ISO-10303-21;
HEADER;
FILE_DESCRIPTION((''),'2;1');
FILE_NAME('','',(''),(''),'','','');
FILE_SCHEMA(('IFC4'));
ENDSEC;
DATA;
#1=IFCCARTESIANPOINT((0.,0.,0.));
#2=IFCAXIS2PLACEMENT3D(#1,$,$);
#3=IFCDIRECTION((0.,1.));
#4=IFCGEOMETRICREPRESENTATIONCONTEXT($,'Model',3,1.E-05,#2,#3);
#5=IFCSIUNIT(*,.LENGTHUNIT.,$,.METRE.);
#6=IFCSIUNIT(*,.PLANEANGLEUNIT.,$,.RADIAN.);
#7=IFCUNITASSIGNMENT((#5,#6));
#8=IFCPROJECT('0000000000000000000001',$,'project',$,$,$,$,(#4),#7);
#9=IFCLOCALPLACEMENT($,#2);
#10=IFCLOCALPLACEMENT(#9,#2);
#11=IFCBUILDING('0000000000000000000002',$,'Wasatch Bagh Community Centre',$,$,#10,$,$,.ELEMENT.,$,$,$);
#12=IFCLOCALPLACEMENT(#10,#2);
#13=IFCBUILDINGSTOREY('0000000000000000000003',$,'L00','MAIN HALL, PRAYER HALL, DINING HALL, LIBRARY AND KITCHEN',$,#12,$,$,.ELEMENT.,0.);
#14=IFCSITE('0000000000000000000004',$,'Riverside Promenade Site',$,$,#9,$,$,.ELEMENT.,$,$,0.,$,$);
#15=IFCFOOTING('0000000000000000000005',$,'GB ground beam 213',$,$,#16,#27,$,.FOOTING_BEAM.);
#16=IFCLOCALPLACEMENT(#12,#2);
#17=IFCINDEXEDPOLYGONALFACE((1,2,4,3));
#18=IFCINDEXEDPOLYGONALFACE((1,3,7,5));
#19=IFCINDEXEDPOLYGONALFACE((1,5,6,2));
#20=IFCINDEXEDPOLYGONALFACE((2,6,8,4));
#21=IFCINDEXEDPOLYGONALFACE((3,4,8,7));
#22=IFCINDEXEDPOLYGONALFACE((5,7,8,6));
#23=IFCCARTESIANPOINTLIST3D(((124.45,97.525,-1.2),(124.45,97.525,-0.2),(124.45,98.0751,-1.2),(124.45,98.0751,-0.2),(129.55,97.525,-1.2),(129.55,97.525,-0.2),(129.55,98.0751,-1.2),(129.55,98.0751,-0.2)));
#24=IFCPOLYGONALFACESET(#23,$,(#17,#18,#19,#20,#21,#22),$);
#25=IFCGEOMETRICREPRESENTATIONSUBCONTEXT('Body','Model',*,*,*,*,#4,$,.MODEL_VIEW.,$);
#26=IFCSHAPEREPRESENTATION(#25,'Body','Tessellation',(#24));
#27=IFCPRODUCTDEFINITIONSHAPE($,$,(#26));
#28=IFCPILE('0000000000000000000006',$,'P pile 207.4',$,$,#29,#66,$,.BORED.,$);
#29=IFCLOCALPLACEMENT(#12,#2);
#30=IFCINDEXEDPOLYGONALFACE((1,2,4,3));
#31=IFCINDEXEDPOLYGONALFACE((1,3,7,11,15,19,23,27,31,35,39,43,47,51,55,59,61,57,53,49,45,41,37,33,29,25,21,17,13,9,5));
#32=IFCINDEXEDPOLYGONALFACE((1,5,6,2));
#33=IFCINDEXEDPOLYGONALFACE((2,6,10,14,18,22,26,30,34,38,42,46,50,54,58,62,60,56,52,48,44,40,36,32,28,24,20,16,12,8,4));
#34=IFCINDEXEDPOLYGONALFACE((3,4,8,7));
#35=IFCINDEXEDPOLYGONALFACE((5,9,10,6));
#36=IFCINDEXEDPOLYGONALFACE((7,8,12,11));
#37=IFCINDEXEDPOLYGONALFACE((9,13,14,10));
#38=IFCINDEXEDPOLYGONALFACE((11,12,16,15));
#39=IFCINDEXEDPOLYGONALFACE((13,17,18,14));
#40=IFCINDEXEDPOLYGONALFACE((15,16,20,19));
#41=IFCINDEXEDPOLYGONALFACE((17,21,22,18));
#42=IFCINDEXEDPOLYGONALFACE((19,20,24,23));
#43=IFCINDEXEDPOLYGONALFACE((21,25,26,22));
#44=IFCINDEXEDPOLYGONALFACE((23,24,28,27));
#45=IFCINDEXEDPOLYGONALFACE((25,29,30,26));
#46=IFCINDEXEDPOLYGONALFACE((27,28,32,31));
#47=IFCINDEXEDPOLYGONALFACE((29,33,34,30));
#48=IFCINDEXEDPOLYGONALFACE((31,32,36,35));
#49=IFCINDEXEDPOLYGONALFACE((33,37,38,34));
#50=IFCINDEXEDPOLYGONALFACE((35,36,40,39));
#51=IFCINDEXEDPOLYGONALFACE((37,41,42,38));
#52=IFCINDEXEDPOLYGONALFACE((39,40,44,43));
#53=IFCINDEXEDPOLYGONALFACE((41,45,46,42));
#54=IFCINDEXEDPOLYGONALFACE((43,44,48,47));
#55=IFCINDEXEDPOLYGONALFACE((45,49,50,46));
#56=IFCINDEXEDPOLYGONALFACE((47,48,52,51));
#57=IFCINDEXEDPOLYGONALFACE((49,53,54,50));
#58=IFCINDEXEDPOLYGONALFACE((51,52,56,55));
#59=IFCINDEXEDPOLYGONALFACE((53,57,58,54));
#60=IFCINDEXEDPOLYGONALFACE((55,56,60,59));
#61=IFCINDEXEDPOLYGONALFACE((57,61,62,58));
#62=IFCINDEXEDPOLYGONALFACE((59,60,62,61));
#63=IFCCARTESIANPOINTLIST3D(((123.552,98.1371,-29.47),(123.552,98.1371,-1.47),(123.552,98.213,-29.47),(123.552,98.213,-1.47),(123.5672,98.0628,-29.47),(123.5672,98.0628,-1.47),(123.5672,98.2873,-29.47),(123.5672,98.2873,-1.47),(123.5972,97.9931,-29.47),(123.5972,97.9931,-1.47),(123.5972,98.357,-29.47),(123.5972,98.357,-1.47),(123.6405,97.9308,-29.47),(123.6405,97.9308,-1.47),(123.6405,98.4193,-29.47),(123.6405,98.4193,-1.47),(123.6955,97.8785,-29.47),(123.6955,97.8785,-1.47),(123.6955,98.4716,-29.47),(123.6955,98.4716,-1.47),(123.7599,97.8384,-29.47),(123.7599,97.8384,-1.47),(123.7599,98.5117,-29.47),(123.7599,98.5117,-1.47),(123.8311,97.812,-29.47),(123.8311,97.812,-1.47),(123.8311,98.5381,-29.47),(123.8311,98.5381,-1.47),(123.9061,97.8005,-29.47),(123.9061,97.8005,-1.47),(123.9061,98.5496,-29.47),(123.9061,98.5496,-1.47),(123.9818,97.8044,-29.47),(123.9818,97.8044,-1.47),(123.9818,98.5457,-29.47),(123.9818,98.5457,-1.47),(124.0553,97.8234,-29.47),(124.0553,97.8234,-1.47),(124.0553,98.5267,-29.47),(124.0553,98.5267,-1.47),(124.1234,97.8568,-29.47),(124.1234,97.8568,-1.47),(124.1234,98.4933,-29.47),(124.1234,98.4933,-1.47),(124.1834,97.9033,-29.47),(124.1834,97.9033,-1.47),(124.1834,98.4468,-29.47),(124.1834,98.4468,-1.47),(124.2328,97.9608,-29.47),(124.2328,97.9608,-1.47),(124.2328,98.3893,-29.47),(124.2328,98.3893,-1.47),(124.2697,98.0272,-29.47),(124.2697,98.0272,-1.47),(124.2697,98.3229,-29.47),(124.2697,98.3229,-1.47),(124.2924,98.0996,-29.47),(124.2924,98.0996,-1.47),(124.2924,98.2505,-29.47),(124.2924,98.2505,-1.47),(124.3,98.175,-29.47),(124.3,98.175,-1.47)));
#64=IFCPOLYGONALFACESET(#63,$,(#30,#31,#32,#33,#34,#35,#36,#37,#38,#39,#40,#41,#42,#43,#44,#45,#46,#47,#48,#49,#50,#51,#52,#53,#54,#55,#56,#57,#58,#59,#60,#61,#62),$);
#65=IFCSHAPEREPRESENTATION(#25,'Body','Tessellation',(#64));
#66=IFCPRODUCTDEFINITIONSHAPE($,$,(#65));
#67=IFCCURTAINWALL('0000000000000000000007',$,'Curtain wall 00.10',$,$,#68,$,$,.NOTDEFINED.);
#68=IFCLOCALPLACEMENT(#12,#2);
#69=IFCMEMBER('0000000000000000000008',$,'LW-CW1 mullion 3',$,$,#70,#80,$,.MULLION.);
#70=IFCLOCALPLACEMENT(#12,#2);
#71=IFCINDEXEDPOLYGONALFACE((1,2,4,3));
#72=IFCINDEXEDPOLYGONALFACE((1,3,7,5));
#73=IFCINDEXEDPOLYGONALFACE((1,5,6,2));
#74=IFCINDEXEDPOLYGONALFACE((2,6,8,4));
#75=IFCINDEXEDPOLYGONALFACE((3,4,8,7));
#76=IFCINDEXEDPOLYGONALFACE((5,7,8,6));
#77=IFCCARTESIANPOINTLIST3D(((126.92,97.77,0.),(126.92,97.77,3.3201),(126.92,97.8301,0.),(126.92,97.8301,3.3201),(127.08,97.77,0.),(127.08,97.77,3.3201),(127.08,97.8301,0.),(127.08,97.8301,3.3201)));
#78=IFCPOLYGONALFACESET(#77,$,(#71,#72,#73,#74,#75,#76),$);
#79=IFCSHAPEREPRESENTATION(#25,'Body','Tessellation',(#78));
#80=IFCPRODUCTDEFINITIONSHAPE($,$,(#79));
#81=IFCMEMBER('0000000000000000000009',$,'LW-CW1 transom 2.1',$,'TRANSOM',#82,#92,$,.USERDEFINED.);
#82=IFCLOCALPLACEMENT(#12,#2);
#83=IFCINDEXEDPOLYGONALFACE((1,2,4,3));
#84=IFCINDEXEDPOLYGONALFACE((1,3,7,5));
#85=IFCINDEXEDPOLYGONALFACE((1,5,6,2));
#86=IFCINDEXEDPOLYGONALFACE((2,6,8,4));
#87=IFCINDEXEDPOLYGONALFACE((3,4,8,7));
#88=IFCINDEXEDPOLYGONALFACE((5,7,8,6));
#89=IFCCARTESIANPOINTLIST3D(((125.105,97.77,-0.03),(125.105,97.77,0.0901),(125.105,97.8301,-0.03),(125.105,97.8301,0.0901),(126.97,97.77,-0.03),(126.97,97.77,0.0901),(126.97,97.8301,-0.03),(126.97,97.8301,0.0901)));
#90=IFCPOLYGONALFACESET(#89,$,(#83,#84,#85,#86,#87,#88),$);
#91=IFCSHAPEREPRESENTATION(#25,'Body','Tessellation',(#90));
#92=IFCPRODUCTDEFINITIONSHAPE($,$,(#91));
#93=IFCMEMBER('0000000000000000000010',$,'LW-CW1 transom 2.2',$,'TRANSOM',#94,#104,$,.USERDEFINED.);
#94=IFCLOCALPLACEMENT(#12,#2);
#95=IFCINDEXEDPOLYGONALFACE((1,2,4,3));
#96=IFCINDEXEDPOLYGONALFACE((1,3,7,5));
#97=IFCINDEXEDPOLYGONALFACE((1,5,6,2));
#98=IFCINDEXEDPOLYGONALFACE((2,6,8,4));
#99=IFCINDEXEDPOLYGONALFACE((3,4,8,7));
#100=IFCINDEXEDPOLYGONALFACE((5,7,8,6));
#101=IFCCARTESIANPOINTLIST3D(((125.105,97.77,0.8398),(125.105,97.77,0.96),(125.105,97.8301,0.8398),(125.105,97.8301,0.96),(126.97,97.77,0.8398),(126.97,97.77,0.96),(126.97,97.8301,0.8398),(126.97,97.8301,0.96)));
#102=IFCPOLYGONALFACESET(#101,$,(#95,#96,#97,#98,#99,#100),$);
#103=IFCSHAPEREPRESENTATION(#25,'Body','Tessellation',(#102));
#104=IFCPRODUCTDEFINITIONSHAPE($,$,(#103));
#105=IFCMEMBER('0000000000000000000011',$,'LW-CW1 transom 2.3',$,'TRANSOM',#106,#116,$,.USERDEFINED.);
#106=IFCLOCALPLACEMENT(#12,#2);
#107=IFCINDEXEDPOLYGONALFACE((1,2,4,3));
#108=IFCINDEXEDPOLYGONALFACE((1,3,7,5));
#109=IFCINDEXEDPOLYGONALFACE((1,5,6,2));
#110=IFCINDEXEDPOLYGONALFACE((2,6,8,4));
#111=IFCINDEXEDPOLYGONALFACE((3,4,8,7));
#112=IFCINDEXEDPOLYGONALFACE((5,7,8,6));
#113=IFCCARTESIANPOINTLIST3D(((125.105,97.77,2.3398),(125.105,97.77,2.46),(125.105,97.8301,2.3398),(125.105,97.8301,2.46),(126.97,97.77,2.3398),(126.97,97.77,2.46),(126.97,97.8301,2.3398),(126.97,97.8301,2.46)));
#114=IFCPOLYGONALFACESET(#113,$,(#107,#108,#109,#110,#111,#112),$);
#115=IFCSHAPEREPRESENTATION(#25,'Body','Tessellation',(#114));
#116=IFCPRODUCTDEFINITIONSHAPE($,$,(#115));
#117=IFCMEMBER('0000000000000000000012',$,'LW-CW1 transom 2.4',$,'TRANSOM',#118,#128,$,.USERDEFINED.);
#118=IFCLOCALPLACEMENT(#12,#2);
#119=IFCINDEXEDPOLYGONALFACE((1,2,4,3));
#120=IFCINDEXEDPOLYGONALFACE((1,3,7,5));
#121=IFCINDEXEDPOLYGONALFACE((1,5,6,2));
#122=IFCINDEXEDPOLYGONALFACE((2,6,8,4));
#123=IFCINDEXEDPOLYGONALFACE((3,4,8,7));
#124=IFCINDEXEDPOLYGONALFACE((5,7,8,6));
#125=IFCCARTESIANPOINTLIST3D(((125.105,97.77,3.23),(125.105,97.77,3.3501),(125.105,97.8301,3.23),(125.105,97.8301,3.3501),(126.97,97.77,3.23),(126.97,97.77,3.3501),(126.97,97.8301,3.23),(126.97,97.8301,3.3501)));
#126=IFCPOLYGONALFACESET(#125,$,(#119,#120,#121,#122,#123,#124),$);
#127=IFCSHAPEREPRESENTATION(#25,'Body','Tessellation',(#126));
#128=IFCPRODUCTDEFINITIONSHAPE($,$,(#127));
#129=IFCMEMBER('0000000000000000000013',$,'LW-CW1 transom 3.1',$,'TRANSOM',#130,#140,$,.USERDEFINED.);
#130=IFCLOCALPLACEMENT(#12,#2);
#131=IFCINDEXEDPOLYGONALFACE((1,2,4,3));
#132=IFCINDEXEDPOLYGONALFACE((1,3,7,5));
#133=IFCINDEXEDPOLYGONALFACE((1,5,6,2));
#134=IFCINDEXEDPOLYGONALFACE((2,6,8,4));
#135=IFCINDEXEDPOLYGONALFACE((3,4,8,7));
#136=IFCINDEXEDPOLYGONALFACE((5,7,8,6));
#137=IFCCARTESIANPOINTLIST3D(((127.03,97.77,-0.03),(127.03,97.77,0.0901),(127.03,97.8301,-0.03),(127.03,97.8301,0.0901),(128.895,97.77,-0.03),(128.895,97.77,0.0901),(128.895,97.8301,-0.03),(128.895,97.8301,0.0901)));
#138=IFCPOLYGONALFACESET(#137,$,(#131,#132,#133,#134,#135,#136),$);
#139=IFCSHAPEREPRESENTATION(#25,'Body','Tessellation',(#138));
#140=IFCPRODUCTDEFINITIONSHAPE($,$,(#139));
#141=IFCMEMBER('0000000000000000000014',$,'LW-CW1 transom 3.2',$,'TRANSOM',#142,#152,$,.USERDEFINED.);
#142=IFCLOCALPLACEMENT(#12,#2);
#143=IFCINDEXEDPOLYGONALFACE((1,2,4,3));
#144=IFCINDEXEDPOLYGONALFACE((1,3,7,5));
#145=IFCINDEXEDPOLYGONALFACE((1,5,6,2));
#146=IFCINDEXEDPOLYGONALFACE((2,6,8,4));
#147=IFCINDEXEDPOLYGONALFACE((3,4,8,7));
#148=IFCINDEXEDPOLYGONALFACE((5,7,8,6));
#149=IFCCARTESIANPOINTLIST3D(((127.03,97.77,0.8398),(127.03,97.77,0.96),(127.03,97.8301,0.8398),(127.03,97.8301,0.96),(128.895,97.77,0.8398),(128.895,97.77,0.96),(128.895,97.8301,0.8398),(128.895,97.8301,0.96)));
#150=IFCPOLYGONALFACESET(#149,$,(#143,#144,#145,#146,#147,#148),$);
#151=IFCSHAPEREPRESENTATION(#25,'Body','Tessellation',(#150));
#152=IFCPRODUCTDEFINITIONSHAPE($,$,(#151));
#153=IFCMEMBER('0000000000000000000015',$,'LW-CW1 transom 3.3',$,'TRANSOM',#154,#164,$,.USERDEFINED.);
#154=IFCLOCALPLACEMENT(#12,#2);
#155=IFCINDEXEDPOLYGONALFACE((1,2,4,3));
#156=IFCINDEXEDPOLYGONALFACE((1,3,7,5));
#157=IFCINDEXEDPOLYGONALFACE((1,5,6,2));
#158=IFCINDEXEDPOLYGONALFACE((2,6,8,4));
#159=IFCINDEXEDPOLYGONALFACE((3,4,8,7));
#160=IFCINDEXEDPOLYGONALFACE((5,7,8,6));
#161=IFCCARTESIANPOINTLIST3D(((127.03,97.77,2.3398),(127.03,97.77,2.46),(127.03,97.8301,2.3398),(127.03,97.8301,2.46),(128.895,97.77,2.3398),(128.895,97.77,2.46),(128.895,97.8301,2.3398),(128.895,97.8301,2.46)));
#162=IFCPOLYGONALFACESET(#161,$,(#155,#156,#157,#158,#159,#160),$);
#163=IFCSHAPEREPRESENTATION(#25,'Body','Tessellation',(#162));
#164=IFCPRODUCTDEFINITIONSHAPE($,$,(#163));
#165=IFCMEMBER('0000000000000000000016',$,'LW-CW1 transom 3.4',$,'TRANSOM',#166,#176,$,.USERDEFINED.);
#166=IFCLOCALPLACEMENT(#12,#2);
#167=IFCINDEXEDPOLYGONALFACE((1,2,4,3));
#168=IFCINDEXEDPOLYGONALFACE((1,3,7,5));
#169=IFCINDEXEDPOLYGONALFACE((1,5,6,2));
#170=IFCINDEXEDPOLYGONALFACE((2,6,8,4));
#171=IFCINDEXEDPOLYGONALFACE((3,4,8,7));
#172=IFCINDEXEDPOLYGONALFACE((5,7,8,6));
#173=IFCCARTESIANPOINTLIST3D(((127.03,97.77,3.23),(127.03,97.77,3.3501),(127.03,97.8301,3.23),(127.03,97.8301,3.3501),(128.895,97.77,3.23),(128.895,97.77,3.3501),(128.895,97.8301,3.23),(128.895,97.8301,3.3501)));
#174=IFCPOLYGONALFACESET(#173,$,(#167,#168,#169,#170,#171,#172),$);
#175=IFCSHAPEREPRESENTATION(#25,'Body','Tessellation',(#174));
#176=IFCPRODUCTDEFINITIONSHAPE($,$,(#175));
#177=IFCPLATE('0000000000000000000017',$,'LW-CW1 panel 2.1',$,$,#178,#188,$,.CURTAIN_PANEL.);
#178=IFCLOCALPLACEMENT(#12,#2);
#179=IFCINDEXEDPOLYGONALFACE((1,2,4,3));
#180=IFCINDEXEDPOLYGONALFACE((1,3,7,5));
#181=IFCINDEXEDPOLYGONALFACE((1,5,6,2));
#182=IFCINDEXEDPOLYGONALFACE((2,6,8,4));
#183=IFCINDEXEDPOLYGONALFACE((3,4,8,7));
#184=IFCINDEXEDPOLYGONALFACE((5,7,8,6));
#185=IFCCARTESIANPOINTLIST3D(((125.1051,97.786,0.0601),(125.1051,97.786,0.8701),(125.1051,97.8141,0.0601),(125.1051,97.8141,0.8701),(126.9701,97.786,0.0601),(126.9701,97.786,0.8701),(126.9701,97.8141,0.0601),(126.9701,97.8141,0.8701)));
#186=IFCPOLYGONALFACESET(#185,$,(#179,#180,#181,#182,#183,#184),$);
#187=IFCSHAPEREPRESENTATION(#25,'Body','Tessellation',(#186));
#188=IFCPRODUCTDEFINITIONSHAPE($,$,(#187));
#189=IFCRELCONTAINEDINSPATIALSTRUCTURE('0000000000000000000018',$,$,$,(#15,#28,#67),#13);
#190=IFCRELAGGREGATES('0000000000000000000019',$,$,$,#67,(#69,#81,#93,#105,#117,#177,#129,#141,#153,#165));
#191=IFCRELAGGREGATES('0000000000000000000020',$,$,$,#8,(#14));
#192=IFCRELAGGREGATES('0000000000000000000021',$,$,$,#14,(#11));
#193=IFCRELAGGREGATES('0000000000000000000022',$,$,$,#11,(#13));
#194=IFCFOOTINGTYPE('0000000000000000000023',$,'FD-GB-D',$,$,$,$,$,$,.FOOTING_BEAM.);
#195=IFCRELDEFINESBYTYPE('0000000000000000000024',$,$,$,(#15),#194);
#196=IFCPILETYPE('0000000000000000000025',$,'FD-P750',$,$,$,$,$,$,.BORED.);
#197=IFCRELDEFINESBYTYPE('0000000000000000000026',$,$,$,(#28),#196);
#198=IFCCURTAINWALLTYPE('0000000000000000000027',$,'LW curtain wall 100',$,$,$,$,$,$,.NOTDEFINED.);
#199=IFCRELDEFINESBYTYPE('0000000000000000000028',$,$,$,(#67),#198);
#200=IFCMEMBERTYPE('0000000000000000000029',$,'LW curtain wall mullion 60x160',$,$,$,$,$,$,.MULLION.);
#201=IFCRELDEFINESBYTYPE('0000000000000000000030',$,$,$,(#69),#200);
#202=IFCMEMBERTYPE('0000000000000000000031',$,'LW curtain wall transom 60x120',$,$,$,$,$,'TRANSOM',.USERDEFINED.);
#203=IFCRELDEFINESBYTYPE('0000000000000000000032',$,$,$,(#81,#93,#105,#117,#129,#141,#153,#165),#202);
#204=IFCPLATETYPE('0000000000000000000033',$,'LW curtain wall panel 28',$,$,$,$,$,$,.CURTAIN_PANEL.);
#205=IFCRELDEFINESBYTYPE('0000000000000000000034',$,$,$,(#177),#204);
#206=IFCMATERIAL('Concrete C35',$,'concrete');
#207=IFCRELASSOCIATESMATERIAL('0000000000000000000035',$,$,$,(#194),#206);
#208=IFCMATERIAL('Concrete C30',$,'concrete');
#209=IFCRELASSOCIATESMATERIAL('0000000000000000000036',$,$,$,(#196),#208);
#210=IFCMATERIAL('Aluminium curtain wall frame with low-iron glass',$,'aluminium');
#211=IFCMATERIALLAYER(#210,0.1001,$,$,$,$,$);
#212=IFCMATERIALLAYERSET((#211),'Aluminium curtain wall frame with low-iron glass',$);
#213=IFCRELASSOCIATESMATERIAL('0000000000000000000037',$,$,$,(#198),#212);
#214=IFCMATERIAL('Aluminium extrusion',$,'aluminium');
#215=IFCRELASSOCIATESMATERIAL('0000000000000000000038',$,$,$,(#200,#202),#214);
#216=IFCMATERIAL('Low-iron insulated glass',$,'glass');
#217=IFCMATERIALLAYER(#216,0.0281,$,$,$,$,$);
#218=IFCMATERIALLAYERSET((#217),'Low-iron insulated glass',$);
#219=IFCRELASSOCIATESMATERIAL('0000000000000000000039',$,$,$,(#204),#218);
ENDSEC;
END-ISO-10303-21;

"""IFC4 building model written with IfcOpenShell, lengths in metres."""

from ifc_helpers import new_model, si_unit, direction, frame, origin, origin_2d, place, context, subcontext, project, spatial, rectangle, circle, extrude, material, layer, layer_set, material_profile, profile_set, type_object, element, aggregate, save


model = new_model("IFC4")

# Units and contexts
model_context = context("Model", 3, precision=1e-05, world=origin(), true_north=direction((0.0, 1.0)))
body_context = subcontext(model_context, "Body", "Model", "MODEL_VIEW")
ifc_project = project(units=[si_unit("LENGTHUNIT", "METRE"), si_unit("PLANEANGLEUNIT", "RADIAN")], contexts=[model_context])

# Site, building, storey
site_placement = place(None, origin())
site = spatial("IfcSite", under=ifc_project, at=site_placement, Name="Riverside Promenade Site", CompositionType="ELEMENT", RefElevation=0.0)
building_placement = place(site_placement, origin())
building = spatial("IfcBuilding", under=site, at=building_placement, Name="Wasatch Bagh Community Centre", CompositionType="ELEMENT")
storey_placement = place(building_placement, origin())
storey = spatial("IfcBuildingStorey", under=building, at=storey_placement, Name="L00", Description="MAIN HALL, PRAYER HALL, DINING HALL, LIBRARY AND KITCHEN", CompositionType="ELEMENT", Elevation=0.0)

# Footing
ifc_material_1 = material(Name="Concrete C35", Category="concrete")
footing_type = type_object("IfcFootingType", Name="FD-GB-D", PredefinedType="FOOTING_BEAM", material=ifc_material_1)
footing_placement = place(storey_placement, frame((127.0, 97.8, -1.2), z_axis=(0.0, 0.0, 1.0), x_axis=(1.0, 0.0, 0.0)))
element("IfcFooting", 1, at=footing_placement, inside=storey, type_object=footing_type, Name="GB ground beam 213", PredefinedType="FOOTING_BEAM", context=body_context, shape_type="SweptSolid", body=[
    extrude(rectangle(XDim=5.1001, YDim=0.55, at=origin_2d()), origin(), (0.0, 0.0, 1.0), 1.0),
])

# Pile
ifc_material_2 = material(Name="Concrete C30", Category="concrete")
ifc_material_profile_1 = material_profile(ifc_material_2, circle(Radius=0.375, at=origin_2d()), Name="RC D750")
ifc_profile_set_1 = profile_set([ifc_material_profile_1], Name="Concrete C30")
pile_type = type_object("IfcPileType", Name="FD-P750", PredefinedType="BORED", material=ifc_profile_set_1)
pile_placement = place(storey_placement, frame((123.925, 98.175, -1.47), z_axis=(0.0, 0.0, -1.0), x_axis=(1.0, 0.0, 0.0)))
element("IfcPile", 2, at=pile_placement, inside=storey, type_object=pile_type, Name="P pile 207.4", PredefinedType="BORED", context=body_context, shape_type="SweptSolid", body=[
    extrude(circle(Radius=0.375, at=origin_2d()), origin(), (0.0, 0.0, 1.0), 28.0),
])

# Curtain wall, members, plate
ifc_material_3 = material(Name="Aluminium curtain wall frame with low-iron glass", Category="aluminium")
ifc_layer_1 = layer(ifc_material_3, 0.1001)
ifc_layer_set_1 = layer_set([ifc_layer_1], Name="Aluminium curtain wall frame with low-iron glass")
curtain_wall_type = type_object("IfcCurtainWallType", Name="LW curtain wall 100", PredefinedType="NOTDEFINED", material=ifc_layer_set_1)
curtain_wall_placement = place(storey_placement, origin())
curtain_wall = element("IfcCurtainWall", 3, at=curtain_wall_placement, inside=storey, type_object=curtain_wall_type, Name="Curtain wall 00.10", PredefinedType="NOTDEFINED")
ifc_material_4 = material(Name="Aluminium extrusion", Category="aluminium")
ifc_material_profile_2 = material_profile(ifc_material_4, rectangle(XDim=0.0601, YDim=0.1599, at=origin_2d()), Name="AL 60x160")
ifc_profile_set_2 = profile_set([ifc_material_profile_2], Name="Aluminium extrusion")
member_type_1 = type_object("IfcMemberType", Name="LW curtain wall mullion 60x160", PredefinedType="MULLION", material=ifc_profile_set_2)
member_1_placement = place(storey_placement, frame((127.0, 97.8, 0.0), z_axis=(0.0, 0.0, 1.0), x_axis=(0.0, 1.0, 0.0)))
member_1 = element("IfcMember", 4, at=member_1_placement, type_object=member_type_1, Name="LW-CW1 mullion 3", PredefinedType="MULLION", context=body_context, shape_type="SweptSolid", body=[
    extrude(rectangle(XDim=0.0601, YDim=0.1599, at=origin_2d()), origin(), (0.0, 0.0, 1.0), 3.3201),
])
ifc_material_profile_3 = material_profile(ifc_material_4, rectangle(XDim=0.0601, YDim=0.1201, at=origin_2d()), Name="AL 60x120")
ifc_profile_set_3 = profile_set([ifc_material_profile_3], Name="Aluminium extrusion")
member_type_2 = type_object("IfcMemberType", Name="LW curtain wall transom 60x120", ElementType="TRANSOM", PredefinedType="USERDEFINED", material=ifc_profile_set_3)
member_2_placement = place(storey_placement, frame((125.105, 97.8, 0.03), z_axis=(1.0, 0.0, 0.0), x_axis=(0.0, 1.0, 0.0)))
member_2 = element("IfcMember", 5, at=member_2_placement, type_object=member_type_2, Name="LW-CW1 transom 2.1", ObjectType="TRANSOM", PredefinedType="USERDEFINED", context=body_context, shape_type="SweptSolid", body=[
    extrude(rectangle(XDim=0.0601, YDim=0.1201, at=origin_2d()), origin(), (0.0, 0.0, 1.0), 1.865),
])
member_3_placement = place(storey_placement, frame((125.105, 97.8, 0.8999), z_axis=(1.0, 0.0, 0.0), x_axis=(0.0, 1.0, 0.0)))
member_3 = element("IfcMember", 6, at=member_3_placement, type_object=member_type_2, Name="LW-CW1 transom 2.2", ObjectType="TRANSOM", PredefinedType="USERDEFINED", context=body_context, shape_type="SweptSolid", body=[
    extrude(rectangle(XDim=0.0601, YDim=0.1201, at=origin_2d()), origin(), (0.0, 0.0, 1.0), 1.865),
])
member_4_placement = place(storey_placement, frame((125.105, 97.8, 2.3999), z_axis=(1.0, 0.0, 0.0), x_axis=(0.0, 1.0, 0.0)))
member_4 = element("IfcMember", 7, at=member_4_placement, type_object=member_type_2, Name="LW-CW1 transom 2.3", ObjectType="TRANSOM", PredefinedType="USERDEFINED", context=body_context, shape_type="SweptSolid", body=[
    extrude(rectangle(XDim=0.0601, YDim=0.1201, at=origin_2d()), origin(), (0.0, 0.0, 1.0), 1.865),
])
member_5_placement = place(storey_placement, frame((125.105, 97.8, 3.29), z_axis=(1.0, 0.0, 0.0), x_axis=(0.0, 1.0, 0.0)))
member_5 = element("IfcMember", 8, at=member_5_placement, type_object=member_type_2, Name="LW-CW1 transom 2.4", ObjectType="TRANSOM", PredefinedType="USERDEFINED", context=body_context, shape_type="SweptSolid", body=[
    extrude(rectangle(XDim=0.0601, YDim=0.1201, at=origin_2d()), origin(), (0.0, 0.0, 1.0), 1.865),
])
member_6_placement = place(storey_placement, frame((127.03, 97.8, 0.03), z_axis=(1.0, 0.0, 0.0), x_axis=(0.0, 1.0, 0.0)))
member_6 = element("IfcMember", 9, at=member_6_placement, type_object=member_type_2, Name="LW-CW1 transom 3.1", ObjectType="TRANSOM", PredefinedType="USERDEFINED", context=body_context, shape_type="SweptSolid", body=[
    extrude(rectangle(XDim=0.0601, YDim=0.1201, at=origin_2d()), origin(), (0.0, 0.0, 1.0), 1.865),
])
member_7_placement = place(storey_placement, frame((127.03, 97.8, 0.8999), z_axis=(1.0, 0.0, 0.0), x_axis=(0.0, 1.0, 0.0)))
member_7 = element("IfcMember", 10, at=member_7_placement, type_object=member_type_2, Name="LW-CW1 transom 3.2", ObjectType="TRANSOM", PredefinedType="USERDEFINED", context=body_context, shape_type="SweptSolid", body=[
    extrude(rectangle(XDim=0.0601, YDim=0.1201, at=origin_2d()), origin(), (0.0, 0.0, 1.0), 1.865),
])
member_8_placement = place(storey_placement, frame((127.03, 97.8, 2.3999), z_axis=(1.0, 0.0, 0.0), x_axis=(0.0, 1.0, 0.0)))
member_8 = element("IfcMember", 11, at=member_8_placement, type_object=member_type_2, Name="LW-CW1 transom 3.3", ObjectType="TRANSOM", PredefinedType="USERDEFINED", context=body_context, shape_type="SweptSolid", body=[
    extrude(rectangle(XDim=0.0601, YDim=0.1201, at=origin_2d()), origin(), (0.0, 0.0, 1.0), 1.865),
])
member_9_placement = place(storey_placement, frame((127.03, 97.8, 3.29), z_axis=(1.0, 0.0, 0.0), x_axis=(0.0, 1.0, 0.0)))
member_9 = element("IfcMember", 12, at=member_9_placement, type_object=member_type_2, Name="LW-CW1 transom 3.4", ObjectType="TRANSOM", PredefinedType="USERDEFINED", context=body_context, shape_type="SweptSolid", body=[
    extrude(rectangle(XDim=0.0601, YDim=0.1201, at=origin_2d()), origin(), (0.0, 0.0, 1.0), 1.865),
])
ifc_material_5 = material(Name="Low-iron insulated glass", Category="glass")
ifc_layer_2 = layer(ifc_material_5, 0.0281)
ifc_layer_set_2 = layer_set([ifc_layer_2], Name="Low-iron insulated glass")
plate_type_1 = type_object("IfcPlateType", Name="LW curtain wall panel 28", PredefinedType="CURTAIN_PANEL", material=ifc_layer_set_2)
plate_1_placement = place(storey_placement, frame((126.0376, 97.8, 0.0601), z_axis=(0.0, 0.0, 1.0), x_axis=(1.0, 0.0, 0.0)))
plate_1 = element("IfcPlate", 13, at=plate_1_placement, type_object=plate_type_1, Name="LW-CW1 panel 2.1", PredefinedType="CURTAIN_PANEL", context=body_context, shape_type="SweptSolid", body=[
    extrude(rectangle(XDim=1.865, YDim=0.0281, at=origin_2d()), origin(), (0.0, 0.0, 1.0), 0.8101),
])
aggregate(curtain_wall, [member_1, member_2, member_3, member_4, member_5, plate_1, member_6, member_7, member_8, member_9])

save(model, "model.ifc")
